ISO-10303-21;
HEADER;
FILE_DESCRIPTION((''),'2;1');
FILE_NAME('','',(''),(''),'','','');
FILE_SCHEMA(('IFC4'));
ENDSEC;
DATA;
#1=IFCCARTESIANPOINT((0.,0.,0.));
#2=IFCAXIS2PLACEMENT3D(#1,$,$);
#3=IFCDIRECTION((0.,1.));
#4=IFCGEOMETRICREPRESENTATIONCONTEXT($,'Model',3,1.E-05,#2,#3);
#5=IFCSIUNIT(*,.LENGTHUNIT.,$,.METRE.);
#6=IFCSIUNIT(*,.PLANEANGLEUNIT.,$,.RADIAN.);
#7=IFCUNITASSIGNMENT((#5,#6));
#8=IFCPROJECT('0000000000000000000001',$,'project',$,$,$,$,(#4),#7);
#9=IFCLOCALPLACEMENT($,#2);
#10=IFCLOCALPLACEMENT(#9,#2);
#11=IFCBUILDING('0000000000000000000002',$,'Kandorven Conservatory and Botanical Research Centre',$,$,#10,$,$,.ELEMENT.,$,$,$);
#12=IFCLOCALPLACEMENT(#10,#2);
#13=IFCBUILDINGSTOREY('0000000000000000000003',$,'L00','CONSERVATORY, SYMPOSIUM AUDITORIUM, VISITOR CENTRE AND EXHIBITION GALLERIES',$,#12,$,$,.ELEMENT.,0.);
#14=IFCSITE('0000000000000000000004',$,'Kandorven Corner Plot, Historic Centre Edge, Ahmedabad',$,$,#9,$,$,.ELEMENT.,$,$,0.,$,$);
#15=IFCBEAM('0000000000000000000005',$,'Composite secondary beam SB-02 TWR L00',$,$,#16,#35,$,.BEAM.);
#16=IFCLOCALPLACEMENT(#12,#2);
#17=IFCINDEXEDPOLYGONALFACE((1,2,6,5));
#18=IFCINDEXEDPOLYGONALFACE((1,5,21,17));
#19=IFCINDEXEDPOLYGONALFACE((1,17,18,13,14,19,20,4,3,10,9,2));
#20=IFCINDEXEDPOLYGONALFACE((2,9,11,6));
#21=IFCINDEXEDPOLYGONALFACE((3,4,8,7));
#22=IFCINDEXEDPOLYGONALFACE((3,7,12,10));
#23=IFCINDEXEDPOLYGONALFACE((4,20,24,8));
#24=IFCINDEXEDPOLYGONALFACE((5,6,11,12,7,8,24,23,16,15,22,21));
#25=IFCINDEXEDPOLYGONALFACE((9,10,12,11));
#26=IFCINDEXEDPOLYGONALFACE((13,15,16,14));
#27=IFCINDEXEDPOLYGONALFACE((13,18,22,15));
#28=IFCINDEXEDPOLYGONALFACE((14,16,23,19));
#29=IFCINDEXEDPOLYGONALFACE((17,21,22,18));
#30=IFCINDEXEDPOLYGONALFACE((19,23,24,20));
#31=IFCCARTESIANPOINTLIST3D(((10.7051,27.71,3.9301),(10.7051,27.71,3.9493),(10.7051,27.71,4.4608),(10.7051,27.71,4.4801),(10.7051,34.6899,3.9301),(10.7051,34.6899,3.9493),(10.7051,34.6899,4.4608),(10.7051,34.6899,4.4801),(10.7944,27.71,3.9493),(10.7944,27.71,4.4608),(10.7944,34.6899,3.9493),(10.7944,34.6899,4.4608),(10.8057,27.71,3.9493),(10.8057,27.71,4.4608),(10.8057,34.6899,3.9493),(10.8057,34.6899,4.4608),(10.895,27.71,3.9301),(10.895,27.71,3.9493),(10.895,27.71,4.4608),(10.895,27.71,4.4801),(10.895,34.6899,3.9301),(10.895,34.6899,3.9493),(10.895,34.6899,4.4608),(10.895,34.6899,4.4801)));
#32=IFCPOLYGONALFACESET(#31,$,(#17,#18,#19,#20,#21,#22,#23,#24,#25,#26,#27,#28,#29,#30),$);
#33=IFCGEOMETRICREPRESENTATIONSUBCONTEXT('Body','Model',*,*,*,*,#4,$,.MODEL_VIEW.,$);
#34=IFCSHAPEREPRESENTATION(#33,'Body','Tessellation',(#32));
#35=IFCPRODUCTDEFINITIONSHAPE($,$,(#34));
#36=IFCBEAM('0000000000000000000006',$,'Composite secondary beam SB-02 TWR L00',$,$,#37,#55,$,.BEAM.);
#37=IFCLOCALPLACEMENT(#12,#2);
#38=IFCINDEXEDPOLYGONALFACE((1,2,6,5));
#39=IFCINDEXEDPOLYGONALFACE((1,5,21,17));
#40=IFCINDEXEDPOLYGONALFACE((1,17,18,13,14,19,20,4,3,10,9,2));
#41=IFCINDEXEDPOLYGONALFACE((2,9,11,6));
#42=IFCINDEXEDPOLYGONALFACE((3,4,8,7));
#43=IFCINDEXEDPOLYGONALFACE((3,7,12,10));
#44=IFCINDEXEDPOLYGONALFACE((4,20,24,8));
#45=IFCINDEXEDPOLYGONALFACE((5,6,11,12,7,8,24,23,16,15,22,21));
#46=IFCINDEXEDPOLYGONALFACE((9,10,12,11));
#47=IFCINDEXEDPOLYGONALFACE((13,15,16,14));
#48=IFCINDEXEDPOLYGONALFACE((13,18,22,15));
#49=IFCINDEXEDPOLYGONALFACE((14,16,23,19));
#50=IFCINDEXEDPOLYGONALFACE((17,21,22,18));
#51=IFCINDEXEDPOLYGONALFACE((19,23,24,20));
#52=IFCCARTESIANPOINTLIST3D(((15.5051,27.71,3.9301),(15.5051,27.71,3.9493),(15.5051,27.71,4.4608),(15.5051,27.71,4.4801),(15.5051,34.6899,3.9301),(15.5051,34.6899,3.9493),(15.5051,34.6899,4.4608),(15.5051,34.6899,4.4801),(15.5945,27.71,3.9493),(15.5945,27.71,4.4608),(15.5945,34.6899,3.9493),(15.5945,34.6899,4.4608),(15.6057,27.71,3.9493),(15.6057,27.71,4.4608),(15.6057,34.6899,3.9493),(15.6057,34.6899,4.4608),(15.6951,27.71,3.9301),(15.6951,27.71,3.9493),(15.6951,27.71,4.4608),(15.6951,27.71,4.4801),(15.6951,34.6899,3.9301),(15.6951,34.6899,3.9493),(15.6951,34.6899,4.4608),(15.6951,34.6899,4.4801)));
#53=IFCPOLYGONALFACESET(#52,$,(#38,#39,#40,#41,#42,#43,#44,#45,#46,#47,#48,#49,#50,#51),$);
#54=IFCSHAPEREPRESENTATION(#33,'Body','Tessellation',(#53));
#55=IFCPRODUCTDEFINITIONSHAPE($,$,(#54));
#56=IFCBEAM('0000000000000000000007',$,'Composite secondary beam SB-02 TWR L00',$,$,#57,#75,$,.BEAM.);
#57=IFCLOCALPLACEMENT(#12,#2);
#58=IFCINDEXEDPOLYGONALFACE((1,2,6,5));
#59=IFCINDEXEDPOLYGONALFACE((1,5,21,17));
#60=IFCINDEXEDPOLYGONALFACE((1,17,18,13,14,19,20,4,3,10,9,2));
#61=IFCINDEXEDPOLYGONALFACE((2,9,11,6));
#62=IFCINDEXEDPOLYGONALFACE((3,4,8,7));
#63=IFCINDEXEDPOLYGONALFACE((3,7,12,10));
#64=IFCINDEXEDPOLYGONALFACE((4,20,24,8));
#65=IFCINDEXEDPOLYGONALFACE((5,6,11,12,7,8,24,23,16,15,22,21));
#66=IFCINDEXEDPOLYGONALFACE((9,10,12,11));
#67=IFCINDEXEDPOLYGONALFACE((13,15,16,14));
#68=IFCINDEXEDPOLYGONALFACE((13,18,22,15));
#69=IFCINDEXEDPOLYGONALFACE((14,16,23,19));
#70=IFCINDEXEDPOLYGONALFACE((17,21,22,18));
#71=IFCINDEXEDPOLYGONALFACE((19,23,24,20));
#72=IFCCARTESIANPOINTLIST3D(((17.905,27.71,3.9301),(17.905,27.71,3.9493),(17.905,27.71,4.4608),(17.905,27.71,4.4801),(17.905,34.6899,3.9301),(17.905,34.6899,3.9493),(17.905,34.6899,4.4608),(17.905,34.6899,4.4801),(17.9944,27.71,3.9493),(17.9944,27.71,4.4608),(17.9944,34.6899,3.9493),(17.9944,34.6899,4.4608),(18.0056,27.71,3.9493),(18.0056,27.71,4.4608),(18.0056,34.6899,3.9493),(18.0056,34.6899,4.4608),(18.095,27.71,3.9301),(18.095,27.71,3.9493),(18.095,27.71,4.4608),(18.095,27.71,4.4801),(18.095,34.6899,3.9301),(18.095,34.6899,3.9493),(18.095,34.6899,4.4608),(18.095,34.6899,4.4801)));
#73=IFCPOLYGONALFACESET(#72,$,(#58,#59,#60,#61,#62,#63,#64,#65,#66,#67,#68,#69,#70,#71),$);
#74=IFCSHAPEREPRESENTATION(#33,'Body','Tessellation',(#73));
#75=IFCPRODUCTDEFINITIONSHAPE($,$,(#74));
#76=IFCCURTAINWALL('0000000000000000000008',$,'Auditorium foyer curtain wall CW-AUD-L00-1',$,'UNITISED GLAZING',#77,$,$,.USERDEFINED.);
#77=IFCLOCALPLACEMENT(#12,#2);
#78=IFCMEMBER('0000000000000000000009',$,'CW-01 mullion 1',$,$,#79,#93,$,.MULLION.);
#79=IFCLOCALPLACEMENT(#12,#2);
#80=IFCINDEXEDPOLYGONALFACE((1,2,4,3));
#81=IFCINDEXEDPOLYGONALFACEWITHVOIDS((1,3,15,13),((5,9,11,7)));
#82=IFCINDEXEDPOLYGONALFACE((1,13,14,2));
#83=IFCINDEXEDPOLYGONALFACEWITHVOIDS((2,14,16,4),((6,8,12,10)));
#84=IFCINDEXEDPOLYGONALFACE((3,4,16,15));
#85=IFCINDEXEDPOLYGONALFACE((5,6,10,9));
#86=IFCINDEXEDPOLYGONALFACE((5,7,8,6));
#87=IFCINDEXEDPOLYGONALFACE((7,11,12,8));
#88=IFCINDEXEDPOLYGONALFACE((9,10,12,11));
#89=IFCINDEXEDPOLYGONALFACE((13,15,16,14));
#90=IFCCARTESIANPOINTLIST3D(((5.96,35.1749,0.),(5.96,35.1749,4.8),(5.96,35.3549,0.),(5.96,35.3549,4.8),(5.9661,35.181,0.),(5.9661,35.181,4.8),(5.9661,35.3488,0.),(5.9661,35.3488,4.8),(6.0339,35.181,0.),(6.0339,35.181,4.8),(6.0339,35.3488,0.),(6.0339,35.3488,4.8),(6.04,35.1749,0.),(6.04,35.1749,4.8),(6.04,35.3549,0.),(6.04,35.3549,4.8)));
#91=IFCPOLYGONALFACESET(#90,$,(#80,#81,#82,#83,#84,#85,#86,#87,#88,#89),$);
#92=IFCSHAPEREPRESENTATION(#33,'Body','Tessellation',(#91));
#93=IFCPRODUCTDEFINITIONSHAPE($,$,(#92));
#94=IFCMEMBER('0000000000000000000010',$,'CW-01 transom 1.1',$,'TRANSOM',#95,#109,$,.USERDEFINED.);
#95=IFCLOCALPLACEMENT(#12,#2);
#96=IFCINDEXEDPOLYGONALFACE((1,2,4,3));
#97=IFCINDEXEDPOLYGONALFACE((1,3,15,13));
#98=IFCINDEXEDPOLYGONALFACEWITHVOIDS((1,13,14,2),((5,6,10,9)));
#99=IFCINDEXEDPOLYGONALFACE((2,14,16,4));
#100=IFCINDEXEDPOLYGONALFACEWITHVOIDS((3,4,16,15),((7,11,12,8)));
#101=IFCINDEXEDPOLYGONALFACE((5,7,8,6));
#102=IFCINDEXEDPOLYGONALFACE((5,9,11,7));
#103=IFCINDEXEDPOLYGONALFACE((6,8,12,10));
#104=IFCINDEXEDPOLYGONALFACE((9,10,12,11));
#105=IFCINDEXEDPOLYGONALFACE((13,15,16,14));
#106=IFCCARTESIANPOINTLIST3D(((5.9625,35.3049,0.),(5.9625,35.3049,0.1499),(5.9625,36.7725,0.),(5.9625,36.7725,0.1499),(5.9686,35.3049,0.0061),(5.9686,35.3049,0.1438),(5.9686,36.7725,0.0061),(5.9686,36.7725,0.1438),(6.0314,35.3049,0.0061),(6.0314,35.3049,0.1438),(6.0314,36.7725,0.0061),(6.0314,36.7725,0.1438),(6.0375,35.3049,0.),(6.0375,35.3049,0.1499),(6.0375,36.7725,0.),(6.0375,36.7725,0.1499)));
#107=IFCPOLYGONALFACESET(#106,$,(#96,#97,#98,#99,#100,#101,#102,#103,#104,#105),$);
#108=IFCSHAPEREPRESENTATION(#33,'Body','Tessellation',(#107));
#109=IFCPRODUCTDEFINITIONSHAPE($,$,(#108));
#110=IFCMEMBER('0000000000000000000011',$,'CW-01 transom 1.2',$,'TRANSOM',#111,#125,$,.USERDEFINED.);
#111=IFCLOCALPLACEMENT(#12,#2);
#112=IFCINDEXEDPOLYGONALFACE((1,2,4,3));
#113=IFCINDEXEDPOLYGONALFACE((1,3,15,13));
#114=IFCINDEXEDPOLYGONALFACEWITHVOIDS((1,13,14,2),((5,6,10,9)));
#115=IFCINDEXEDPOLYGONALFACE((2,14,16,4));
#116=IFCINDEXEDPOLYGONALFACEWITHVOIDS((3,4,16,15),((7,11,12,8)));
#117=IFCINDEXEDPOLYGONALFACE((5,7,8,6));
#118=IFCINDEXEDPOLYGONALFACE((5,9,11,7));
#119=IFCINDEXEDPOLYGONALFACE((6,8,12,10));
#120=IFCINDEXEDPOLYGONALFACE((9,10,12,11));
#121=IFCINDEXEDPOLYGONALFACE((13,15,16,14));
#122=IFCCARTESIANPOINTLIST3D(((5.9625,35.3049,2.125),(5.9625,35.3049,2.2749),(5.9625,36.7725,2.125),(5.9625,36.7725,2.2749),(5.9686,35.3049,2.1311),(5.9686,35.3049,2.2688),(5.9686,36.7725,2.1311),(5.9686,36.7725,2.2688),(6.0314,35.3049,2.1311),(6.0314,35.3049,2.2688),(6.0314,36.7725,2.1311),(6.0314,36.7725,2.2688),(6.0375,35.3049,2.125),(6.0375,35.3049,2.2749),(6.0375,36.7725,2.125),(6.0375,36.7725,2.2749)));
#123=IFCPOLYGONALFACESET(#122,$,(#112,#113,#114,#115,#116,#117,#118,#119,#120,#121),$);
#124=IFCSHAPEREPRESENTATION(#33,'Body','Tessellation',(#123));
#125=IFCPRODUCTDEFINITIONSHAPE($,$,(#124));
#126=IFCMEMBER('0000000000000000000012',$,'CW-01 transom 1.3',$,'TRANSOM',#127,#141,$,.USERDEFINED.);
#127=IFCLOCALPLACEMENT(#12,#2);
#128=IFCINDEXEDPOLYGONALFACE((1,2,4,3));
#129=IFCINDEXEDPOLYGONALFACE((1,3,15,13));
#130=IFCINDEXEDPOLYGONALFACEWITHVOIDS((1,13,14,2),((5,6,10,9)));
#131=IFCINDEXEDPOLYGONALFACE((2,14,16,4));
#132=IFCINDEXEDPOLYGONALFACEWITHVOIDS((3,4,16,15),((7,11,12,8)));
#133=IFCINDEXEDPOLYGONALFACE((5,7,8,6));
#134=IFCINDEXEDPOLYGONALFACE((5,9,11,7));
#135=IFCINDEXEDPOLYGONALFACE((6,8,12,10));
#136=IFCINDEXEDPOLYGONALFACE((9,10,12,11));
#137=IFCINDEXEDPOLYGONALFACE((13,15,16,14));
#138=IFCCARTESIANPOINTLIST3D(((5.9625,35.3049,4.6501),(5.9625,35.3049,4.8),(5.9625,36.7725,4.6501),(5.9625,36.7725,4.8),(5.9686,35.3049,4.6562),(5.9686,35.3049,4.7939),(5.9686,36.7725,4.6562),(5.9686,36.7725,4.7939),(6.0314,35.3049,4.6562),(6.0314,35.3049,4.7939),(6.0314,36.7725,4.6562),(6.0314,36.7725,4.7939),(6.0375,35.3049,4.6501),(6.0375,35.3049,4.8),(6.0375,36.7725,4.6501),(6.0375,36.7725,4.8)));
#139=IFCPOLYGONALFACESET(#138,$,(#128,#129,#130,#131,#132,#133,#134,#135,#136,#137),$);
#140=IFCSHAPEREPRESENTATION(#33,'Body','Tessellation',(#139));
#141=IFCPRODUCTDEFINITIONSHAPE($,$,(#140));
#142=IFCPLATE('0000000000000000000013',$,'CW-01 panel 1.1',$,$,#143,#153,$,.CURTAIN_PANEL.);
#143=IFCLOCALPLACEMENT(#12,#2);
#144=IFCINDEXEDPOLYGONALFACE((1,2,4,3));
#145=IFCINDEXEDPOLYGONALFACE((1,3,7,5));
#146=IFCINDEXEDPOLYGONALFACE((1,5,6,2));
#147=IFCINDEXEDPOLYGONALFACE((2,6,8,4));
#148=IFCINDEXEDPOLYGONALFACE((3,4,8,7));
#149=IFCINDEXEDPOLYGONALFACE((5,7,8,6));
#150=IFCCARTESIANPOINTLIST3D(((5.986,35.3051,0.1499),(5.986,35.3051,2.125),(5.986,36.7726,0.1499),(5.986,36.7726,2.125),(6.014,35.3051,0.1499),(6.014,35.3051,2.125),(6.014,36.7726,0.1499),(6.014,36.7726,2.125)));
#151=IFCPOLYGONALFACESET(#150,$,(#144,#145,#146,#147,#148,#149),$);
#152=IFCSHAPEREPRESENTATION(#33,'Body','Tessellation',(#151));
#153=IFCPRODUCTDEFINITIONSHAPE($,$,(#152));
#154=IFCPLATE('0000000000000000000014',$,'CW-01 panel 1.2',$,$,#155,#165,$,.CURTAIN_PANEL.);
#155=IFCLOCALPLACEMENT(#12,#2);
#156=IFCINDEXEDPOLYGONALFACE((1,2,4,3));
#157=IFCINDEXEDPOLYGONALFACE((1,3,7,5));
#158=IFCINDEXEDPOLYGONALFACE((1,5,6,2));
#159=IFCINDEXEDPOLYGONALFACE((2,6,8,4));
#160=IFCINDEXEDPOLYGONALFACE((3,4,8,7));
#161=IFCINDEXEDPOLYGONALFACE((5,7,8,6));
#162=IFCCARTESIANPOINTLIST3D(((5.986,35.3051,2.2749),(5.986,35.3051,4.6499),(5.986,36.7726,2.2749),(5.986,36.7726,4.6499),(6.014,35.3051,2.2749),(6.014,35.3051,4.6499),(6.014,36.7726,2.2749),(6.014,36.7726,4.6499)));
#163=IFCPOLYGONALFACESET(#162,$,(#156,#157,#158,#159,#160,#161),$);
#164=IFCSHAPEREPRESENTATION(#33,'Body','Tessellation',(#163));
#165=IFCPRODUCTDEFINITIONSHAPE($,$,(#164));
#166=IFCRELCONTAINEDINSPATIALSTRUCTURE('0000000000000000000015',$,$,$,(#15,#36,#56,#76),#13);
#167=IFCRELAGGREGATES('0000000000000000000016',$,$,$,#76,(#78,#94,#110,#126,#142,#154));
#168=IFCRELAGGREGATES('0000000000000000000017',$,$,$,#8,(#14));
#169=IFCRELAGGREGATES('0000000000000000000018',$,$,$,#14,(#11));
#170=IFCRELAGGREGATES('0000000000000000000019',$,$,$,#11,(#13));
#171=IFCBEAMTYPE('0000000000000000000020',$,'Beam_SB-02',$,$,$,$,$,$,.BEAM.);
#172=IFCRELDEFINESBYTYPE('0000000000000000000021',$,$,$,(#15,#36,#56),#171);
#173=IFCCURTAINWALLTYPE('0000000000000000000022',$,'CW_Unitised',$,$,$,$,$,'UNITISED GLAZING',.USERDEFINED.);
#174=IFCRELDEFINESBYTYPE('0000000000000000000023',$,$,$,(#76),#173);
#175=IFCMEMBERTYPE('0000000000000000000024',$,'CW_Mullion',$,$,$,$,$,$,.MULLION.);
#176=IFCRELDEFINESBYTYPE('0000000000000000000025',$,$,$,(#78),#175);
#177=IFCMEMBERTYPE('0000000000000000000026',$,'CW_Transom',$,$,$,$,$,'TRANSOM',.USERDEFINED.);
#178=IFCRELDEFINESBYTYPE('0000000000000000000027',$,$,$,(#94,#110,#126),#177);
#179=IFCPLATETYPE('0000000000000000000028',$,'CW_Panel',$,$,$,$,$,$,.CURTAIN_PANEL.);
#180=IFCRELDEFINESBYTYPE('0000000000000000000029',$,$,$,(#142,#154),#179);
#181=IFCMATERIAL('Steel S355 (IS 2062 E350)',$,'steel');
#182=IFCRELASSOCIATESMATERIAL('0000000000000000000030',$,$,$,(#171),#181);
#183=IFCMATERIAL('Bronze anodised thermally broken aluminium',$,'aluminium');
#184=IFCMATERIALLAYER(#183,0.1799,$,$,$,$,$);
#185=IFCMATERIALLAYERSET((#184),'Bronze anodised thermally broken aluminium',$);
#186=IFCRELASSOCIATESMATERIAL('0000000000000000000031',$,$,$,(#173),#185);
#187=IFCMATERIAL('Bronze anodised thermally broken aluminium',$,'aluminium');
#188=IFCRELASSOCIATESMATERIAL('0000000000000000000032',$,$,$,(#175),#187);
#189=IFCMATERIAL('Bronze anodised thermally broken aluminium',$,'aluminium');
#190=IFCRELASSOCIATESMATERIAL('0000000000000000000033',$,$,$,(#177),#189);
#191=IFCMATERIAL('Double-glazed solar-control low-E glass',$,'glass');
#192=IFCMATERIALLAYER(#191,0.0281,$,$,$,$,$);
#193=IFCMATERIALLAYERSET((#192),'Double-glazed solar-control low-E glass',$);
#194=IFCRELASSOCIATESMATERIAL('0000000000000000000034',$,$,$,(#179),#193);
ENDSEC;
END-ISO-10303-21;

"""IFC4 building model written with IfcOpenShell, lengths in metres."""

from ifc_helpers import new_model, si_unit, direction, frame, origin, origin_2d, place, context, subcontext, project, spatial, rectangle, hollow_rectangle, i_section, extrude, material, layer, layer_set, material_profile, profile_set, type_object, element, aggregate, save


model = new_model("IFC4")

# Units and contexts
model_context = context("Model", 3, precision=1e-05, world=origin(), true_north=direction((0.0, 1.0)))
body_context = subcontext(model_context, "Body", "Model", "MODEL_VIEW")
ifc_project = project(units=[si_unit("LENGTHUNIT", "METRE"), si_unit("PLANEANGLEUNIT", "RADIAN")], contexts=[model_context])

# Site, building, storey
site_placement = place(None, origin())
site = spatial("IfcSite", under=ifc_project, at=site_placement, Name="Kandorven Corner Plot, Historic Centre Edge, Ahmedabad", CompositionType="ELEMENT", RefElevation=0.0)
building_placement = place(site_placement, origin())
building = spatial("IfcBuilding", under=site, at=building_placement, Name="Kandorven Conservatory and Botanical Research Centre", CompositionType="ELEMENT")
storey_placement = place(building_placement, origin())
storey = spatial("IfcBuildingStorey", under=building, at=storey_placement, Name="L00", Description="CONSERVATORY, SYMPOSIUM AUDITORIUM, VISITOR CENTRE AND EXHIBITION GALLERIES", CompositionType="ELEMENT", Elevation=0.0)

# Beams
ifc_material_1 = material(Name="Steel S355 (IS 2062 E350)", Category="steel")
ifc_material_profile_1 = material_profile(ifc_material_1, i_section(OverallWidth=0.1899, OverallDepth=0.55, WebThickness=0.0112, FlangeThickness=0.0193, at=origin_2d()))
ifc_profile_set_1 = profile_set([ifc_material_profile_1], Name="Steel S355 (IS 2062 E350)")
beam_type_1 = type_object("IfcBeamType", Name="Beam_SB-02", PredefinedType="BEAM", material=ifc_profile_set_1)
for number, where, z_axis, x_axis, name in (
    (1, (10.8, 27.71, 4.2051), (0.0, 1.0, 0.0), (-1.0, 0.0, 0.0), "Composite secondary beam SB-02 TWR L00"),
    (2, (15.6001, 27.71, 4.2051), (0.0, 1.0, 0.0), (-1.0, 0.0, 0.0), "Composite secondary beam SB-02 TWR L00"),
    (3, (18.0, 27.71, 4.2051), (0.0, 1.0, 0.0), (-1.0, 0.0, 0.0), "Composite secondary beam SB-02 TWR L00"),
):
    element("IfcBeam", number, at=place(storey_placement, frame(where, z_axis=z_axis, x_axis=x_axis)), inside=storey, type_object=beam_type_1, Name=name, PredefinedType="BEAM", context=body_context, shape_type="SweptSolid", body=[
        extrude(i_section(OverallWidth=0.1899, OverallDepth=0.55, WebThickness=0.0112, FlangeThickness=0.0193, at=origin_2d()), origin(), (0.0, 0.0, 1.0), 6.98),
    ])

# Curtain wall, members, plates
ifc_material_2 = material(Name="Bronze anodised thermally broken aluminium", Category="aluminium")
ifc_layer_1 = layer(ifc_material_2, 0.1799)
ifc_layer_set_1 = layer_set([ifc_layer_1], Name="Bronze anodised thermally broken aluminium")
curtain_wall_type = type_object("IfcCurtainWallType", Name="CW_Unitised", ElementType="UNITISED GLAZING", PredefinedType="USERDEFINED", material=ifc_layer_set_1)
curtain_wall_placement = place(storey_placement, origin())
curtain_wall = element("IfcCurtainWall", 4, at=curtain_wall_placement, inside=storey, type_object=curtain_wall_type, Name="Auditorium foyer curtain wall CW-AUD-L00-1", ObjectType="UNITISED GLAZING", PredefinedType="USERDEFINED")
ifc_material_3 = material(Name="Bronze anodised thermally broken aluminium", Category="aluminium")
ifc_material_profile_2 = material_profile(ifc_material_3, hollow_rectangle(XDim=0.0801, YDim=0.1799, WallThickness=0.0061, at=origin_2d()))
ifc_profile_set_2 = profile_set([ifc_material_profile_2], Name="Bronze anodised thermally broken aluminium")
member_type_1 = type_object("IfcMemberType", Name="CW_Mullion", PredefinedType="MULLION", material=ifc_profile_set_2)
member_1_placement = place(storey_placement, frame((6.0, 35.2649, 0.0), z_axis=(0.0, 0.0, 1.0), x_axis=(-1.0, 0.0, 0.0)))
member_1 = element("IfcMember", 5, at=member_1_placement, type_object=member_type_1, Name="CW-01 mullion 1", PredefinedType="MULLION", context=body_context, shape_type="SweptSolid", body=[
    extrude(hollow_rectangle(XDim=0.0801, YDim=0.1799, WallThickness=0.0061, at=origin_2d()), origin(), (0.0, 0.0, 1.0), 4.8),
])
ifc_material_4 = material(Name="Bronze anodised thermally broken aluminium", Category="aluminium")
ifc_material_profile_3 = material_profile(ifc_material_4, hollow_rectangle(XDim=0.075, YDim=0.1499, WallThickness=0.0061, at=origin_2d()))
ifc_profile_set_3 = profile_set([ifc_material_profile_3], Name="Bronze anodised thermally broken aluminium")
member_type_2 = type_object("IfcMemberType", Name="CW_Transom", ElementType="TRANSOM", PredefinedType="USERDEFINED", material=ifc_profile_set_3)
member_2_placement = place(storey_placement, frame((6.0, 35.3049, 0.075), z_axis=(0.0, 1.0, 0.0), x_axis=(-1.0, 0.0, 0.0)))
member_2 = element("IfcMember", 6, at=member_2_placement, type_object=member_type_2, Name="CW-01 transom 1.1", ObjectType="TRANSOM", PredefinedType="USERDEFINED", context=body_context, shape_type="SweptSolid", body=[
    extrude(hollow_rectangle(XDim=0.075, YDim=0.1499, WallThickness=0.0061, at=origin_2d()), origin(), (0.0, 0.0, 1.0), 1.4675),
])
member_3_placement = place(storey_placement, frame((6.0, 35.3049, 2.2), z_axis=(0.0, 1.0, 0.0), x_axis=(-1.0, 0.0, 0.0)))
member_3 = element("IfcMember", 7, at=member_3_placement, type_object=member_type_2, Name="CW-01 transom 1.2", ObjectType="TRANSOM", PredefinedType="USERDEFINED", context=body_context, shape_type="SweptSolid", body=[
    extrude(hollow_rectangle(XDim=0.075, YDim=0.1499, WallThickness=0.0061, at=origin_2d()), origin(), (0.0, 0.0, 1.0), 1.4675),
])
member_4_placement = place(storey_placement, frame((6.0, 35.3049, 4.7251), z_axis=(0.0, 1.0, 0.0), x_axis=(-1.0, 0.0, 0.0)))
member_4 = element("IfcMember", 8, at=member_4_placement, type_object=member_type_2, Name="CW-01 transom 1.3", ObjectType="TRANSOM", PredefinedType="USERDEFINED", context=body_context, shape_type="SweptSolid", body=[
    extrude(hollow_rectangle(XDim=0.075, YDim=0.1499, WallThickness=0.0061, at=origin_2d()), origin(), (0.0, 0.0, 1.0), 1.4675),
])
ifc_material_5 = material(Name="Double-glazed solar-control low-E glass", Category="glass")
ifc_layer_2 = layer(ifc_material_5, 0.0281)
ifc_layer_set_2 = layer_set([ifc_layer_2], Name="Double-glazed solar-control low-E glass")
plate_type = type_object("IfcPlateType", Name="CW_Panel", PredefinedType="CURTAIN_PANEL", material=ifc_layer_set_2)
plate_1_placement = place(storey_placement, frame((6.0, 36.0388, 0.1499), z_axis=(0.0, 0.0, 1.0), x_axis=(0.0, 1.0, 0.0)))
plate_1 = element("IfcPlate", 9, at=plate_1_placement, type_object=plate_type, Name="CW-01 panel 1.1", PredefinedType="CURTAIN_PANEL", context=body_context, shape_type="SweptSolid", body=[
    extrude(rectangle(XDim=1.4675, YDim=0.0281, at=origin_2d()), origin(), (0.0, 0.0, 1.0), 1.9751),
])
plate_2_placement = place(storey_placement, frame((6.0, 36.0388, 2.2749), z_axis=(0.0, 0.0, 1.0), x_axis=(0.0, 1.0, 0.0)))
plate_2 = element("IfcPlate", 10, at=plate_2_placement, type_object=plate_type, Name="CW-01 panel 1.2", PredefinedType="CURTAIN_PANEL", context=body_context, shape_type="SweptSolid", body=[
    extrude(rectangle(XDim=1.4675, YDim=0.0281, at=origin_2d()), origin(), (0.0, 0.0, 1.0), 2.375),
])
aggregate(curtain_wall, [member_1, member_2, member_3, member_4, plate_1, plate_2])

save(model, "model.ifc")
